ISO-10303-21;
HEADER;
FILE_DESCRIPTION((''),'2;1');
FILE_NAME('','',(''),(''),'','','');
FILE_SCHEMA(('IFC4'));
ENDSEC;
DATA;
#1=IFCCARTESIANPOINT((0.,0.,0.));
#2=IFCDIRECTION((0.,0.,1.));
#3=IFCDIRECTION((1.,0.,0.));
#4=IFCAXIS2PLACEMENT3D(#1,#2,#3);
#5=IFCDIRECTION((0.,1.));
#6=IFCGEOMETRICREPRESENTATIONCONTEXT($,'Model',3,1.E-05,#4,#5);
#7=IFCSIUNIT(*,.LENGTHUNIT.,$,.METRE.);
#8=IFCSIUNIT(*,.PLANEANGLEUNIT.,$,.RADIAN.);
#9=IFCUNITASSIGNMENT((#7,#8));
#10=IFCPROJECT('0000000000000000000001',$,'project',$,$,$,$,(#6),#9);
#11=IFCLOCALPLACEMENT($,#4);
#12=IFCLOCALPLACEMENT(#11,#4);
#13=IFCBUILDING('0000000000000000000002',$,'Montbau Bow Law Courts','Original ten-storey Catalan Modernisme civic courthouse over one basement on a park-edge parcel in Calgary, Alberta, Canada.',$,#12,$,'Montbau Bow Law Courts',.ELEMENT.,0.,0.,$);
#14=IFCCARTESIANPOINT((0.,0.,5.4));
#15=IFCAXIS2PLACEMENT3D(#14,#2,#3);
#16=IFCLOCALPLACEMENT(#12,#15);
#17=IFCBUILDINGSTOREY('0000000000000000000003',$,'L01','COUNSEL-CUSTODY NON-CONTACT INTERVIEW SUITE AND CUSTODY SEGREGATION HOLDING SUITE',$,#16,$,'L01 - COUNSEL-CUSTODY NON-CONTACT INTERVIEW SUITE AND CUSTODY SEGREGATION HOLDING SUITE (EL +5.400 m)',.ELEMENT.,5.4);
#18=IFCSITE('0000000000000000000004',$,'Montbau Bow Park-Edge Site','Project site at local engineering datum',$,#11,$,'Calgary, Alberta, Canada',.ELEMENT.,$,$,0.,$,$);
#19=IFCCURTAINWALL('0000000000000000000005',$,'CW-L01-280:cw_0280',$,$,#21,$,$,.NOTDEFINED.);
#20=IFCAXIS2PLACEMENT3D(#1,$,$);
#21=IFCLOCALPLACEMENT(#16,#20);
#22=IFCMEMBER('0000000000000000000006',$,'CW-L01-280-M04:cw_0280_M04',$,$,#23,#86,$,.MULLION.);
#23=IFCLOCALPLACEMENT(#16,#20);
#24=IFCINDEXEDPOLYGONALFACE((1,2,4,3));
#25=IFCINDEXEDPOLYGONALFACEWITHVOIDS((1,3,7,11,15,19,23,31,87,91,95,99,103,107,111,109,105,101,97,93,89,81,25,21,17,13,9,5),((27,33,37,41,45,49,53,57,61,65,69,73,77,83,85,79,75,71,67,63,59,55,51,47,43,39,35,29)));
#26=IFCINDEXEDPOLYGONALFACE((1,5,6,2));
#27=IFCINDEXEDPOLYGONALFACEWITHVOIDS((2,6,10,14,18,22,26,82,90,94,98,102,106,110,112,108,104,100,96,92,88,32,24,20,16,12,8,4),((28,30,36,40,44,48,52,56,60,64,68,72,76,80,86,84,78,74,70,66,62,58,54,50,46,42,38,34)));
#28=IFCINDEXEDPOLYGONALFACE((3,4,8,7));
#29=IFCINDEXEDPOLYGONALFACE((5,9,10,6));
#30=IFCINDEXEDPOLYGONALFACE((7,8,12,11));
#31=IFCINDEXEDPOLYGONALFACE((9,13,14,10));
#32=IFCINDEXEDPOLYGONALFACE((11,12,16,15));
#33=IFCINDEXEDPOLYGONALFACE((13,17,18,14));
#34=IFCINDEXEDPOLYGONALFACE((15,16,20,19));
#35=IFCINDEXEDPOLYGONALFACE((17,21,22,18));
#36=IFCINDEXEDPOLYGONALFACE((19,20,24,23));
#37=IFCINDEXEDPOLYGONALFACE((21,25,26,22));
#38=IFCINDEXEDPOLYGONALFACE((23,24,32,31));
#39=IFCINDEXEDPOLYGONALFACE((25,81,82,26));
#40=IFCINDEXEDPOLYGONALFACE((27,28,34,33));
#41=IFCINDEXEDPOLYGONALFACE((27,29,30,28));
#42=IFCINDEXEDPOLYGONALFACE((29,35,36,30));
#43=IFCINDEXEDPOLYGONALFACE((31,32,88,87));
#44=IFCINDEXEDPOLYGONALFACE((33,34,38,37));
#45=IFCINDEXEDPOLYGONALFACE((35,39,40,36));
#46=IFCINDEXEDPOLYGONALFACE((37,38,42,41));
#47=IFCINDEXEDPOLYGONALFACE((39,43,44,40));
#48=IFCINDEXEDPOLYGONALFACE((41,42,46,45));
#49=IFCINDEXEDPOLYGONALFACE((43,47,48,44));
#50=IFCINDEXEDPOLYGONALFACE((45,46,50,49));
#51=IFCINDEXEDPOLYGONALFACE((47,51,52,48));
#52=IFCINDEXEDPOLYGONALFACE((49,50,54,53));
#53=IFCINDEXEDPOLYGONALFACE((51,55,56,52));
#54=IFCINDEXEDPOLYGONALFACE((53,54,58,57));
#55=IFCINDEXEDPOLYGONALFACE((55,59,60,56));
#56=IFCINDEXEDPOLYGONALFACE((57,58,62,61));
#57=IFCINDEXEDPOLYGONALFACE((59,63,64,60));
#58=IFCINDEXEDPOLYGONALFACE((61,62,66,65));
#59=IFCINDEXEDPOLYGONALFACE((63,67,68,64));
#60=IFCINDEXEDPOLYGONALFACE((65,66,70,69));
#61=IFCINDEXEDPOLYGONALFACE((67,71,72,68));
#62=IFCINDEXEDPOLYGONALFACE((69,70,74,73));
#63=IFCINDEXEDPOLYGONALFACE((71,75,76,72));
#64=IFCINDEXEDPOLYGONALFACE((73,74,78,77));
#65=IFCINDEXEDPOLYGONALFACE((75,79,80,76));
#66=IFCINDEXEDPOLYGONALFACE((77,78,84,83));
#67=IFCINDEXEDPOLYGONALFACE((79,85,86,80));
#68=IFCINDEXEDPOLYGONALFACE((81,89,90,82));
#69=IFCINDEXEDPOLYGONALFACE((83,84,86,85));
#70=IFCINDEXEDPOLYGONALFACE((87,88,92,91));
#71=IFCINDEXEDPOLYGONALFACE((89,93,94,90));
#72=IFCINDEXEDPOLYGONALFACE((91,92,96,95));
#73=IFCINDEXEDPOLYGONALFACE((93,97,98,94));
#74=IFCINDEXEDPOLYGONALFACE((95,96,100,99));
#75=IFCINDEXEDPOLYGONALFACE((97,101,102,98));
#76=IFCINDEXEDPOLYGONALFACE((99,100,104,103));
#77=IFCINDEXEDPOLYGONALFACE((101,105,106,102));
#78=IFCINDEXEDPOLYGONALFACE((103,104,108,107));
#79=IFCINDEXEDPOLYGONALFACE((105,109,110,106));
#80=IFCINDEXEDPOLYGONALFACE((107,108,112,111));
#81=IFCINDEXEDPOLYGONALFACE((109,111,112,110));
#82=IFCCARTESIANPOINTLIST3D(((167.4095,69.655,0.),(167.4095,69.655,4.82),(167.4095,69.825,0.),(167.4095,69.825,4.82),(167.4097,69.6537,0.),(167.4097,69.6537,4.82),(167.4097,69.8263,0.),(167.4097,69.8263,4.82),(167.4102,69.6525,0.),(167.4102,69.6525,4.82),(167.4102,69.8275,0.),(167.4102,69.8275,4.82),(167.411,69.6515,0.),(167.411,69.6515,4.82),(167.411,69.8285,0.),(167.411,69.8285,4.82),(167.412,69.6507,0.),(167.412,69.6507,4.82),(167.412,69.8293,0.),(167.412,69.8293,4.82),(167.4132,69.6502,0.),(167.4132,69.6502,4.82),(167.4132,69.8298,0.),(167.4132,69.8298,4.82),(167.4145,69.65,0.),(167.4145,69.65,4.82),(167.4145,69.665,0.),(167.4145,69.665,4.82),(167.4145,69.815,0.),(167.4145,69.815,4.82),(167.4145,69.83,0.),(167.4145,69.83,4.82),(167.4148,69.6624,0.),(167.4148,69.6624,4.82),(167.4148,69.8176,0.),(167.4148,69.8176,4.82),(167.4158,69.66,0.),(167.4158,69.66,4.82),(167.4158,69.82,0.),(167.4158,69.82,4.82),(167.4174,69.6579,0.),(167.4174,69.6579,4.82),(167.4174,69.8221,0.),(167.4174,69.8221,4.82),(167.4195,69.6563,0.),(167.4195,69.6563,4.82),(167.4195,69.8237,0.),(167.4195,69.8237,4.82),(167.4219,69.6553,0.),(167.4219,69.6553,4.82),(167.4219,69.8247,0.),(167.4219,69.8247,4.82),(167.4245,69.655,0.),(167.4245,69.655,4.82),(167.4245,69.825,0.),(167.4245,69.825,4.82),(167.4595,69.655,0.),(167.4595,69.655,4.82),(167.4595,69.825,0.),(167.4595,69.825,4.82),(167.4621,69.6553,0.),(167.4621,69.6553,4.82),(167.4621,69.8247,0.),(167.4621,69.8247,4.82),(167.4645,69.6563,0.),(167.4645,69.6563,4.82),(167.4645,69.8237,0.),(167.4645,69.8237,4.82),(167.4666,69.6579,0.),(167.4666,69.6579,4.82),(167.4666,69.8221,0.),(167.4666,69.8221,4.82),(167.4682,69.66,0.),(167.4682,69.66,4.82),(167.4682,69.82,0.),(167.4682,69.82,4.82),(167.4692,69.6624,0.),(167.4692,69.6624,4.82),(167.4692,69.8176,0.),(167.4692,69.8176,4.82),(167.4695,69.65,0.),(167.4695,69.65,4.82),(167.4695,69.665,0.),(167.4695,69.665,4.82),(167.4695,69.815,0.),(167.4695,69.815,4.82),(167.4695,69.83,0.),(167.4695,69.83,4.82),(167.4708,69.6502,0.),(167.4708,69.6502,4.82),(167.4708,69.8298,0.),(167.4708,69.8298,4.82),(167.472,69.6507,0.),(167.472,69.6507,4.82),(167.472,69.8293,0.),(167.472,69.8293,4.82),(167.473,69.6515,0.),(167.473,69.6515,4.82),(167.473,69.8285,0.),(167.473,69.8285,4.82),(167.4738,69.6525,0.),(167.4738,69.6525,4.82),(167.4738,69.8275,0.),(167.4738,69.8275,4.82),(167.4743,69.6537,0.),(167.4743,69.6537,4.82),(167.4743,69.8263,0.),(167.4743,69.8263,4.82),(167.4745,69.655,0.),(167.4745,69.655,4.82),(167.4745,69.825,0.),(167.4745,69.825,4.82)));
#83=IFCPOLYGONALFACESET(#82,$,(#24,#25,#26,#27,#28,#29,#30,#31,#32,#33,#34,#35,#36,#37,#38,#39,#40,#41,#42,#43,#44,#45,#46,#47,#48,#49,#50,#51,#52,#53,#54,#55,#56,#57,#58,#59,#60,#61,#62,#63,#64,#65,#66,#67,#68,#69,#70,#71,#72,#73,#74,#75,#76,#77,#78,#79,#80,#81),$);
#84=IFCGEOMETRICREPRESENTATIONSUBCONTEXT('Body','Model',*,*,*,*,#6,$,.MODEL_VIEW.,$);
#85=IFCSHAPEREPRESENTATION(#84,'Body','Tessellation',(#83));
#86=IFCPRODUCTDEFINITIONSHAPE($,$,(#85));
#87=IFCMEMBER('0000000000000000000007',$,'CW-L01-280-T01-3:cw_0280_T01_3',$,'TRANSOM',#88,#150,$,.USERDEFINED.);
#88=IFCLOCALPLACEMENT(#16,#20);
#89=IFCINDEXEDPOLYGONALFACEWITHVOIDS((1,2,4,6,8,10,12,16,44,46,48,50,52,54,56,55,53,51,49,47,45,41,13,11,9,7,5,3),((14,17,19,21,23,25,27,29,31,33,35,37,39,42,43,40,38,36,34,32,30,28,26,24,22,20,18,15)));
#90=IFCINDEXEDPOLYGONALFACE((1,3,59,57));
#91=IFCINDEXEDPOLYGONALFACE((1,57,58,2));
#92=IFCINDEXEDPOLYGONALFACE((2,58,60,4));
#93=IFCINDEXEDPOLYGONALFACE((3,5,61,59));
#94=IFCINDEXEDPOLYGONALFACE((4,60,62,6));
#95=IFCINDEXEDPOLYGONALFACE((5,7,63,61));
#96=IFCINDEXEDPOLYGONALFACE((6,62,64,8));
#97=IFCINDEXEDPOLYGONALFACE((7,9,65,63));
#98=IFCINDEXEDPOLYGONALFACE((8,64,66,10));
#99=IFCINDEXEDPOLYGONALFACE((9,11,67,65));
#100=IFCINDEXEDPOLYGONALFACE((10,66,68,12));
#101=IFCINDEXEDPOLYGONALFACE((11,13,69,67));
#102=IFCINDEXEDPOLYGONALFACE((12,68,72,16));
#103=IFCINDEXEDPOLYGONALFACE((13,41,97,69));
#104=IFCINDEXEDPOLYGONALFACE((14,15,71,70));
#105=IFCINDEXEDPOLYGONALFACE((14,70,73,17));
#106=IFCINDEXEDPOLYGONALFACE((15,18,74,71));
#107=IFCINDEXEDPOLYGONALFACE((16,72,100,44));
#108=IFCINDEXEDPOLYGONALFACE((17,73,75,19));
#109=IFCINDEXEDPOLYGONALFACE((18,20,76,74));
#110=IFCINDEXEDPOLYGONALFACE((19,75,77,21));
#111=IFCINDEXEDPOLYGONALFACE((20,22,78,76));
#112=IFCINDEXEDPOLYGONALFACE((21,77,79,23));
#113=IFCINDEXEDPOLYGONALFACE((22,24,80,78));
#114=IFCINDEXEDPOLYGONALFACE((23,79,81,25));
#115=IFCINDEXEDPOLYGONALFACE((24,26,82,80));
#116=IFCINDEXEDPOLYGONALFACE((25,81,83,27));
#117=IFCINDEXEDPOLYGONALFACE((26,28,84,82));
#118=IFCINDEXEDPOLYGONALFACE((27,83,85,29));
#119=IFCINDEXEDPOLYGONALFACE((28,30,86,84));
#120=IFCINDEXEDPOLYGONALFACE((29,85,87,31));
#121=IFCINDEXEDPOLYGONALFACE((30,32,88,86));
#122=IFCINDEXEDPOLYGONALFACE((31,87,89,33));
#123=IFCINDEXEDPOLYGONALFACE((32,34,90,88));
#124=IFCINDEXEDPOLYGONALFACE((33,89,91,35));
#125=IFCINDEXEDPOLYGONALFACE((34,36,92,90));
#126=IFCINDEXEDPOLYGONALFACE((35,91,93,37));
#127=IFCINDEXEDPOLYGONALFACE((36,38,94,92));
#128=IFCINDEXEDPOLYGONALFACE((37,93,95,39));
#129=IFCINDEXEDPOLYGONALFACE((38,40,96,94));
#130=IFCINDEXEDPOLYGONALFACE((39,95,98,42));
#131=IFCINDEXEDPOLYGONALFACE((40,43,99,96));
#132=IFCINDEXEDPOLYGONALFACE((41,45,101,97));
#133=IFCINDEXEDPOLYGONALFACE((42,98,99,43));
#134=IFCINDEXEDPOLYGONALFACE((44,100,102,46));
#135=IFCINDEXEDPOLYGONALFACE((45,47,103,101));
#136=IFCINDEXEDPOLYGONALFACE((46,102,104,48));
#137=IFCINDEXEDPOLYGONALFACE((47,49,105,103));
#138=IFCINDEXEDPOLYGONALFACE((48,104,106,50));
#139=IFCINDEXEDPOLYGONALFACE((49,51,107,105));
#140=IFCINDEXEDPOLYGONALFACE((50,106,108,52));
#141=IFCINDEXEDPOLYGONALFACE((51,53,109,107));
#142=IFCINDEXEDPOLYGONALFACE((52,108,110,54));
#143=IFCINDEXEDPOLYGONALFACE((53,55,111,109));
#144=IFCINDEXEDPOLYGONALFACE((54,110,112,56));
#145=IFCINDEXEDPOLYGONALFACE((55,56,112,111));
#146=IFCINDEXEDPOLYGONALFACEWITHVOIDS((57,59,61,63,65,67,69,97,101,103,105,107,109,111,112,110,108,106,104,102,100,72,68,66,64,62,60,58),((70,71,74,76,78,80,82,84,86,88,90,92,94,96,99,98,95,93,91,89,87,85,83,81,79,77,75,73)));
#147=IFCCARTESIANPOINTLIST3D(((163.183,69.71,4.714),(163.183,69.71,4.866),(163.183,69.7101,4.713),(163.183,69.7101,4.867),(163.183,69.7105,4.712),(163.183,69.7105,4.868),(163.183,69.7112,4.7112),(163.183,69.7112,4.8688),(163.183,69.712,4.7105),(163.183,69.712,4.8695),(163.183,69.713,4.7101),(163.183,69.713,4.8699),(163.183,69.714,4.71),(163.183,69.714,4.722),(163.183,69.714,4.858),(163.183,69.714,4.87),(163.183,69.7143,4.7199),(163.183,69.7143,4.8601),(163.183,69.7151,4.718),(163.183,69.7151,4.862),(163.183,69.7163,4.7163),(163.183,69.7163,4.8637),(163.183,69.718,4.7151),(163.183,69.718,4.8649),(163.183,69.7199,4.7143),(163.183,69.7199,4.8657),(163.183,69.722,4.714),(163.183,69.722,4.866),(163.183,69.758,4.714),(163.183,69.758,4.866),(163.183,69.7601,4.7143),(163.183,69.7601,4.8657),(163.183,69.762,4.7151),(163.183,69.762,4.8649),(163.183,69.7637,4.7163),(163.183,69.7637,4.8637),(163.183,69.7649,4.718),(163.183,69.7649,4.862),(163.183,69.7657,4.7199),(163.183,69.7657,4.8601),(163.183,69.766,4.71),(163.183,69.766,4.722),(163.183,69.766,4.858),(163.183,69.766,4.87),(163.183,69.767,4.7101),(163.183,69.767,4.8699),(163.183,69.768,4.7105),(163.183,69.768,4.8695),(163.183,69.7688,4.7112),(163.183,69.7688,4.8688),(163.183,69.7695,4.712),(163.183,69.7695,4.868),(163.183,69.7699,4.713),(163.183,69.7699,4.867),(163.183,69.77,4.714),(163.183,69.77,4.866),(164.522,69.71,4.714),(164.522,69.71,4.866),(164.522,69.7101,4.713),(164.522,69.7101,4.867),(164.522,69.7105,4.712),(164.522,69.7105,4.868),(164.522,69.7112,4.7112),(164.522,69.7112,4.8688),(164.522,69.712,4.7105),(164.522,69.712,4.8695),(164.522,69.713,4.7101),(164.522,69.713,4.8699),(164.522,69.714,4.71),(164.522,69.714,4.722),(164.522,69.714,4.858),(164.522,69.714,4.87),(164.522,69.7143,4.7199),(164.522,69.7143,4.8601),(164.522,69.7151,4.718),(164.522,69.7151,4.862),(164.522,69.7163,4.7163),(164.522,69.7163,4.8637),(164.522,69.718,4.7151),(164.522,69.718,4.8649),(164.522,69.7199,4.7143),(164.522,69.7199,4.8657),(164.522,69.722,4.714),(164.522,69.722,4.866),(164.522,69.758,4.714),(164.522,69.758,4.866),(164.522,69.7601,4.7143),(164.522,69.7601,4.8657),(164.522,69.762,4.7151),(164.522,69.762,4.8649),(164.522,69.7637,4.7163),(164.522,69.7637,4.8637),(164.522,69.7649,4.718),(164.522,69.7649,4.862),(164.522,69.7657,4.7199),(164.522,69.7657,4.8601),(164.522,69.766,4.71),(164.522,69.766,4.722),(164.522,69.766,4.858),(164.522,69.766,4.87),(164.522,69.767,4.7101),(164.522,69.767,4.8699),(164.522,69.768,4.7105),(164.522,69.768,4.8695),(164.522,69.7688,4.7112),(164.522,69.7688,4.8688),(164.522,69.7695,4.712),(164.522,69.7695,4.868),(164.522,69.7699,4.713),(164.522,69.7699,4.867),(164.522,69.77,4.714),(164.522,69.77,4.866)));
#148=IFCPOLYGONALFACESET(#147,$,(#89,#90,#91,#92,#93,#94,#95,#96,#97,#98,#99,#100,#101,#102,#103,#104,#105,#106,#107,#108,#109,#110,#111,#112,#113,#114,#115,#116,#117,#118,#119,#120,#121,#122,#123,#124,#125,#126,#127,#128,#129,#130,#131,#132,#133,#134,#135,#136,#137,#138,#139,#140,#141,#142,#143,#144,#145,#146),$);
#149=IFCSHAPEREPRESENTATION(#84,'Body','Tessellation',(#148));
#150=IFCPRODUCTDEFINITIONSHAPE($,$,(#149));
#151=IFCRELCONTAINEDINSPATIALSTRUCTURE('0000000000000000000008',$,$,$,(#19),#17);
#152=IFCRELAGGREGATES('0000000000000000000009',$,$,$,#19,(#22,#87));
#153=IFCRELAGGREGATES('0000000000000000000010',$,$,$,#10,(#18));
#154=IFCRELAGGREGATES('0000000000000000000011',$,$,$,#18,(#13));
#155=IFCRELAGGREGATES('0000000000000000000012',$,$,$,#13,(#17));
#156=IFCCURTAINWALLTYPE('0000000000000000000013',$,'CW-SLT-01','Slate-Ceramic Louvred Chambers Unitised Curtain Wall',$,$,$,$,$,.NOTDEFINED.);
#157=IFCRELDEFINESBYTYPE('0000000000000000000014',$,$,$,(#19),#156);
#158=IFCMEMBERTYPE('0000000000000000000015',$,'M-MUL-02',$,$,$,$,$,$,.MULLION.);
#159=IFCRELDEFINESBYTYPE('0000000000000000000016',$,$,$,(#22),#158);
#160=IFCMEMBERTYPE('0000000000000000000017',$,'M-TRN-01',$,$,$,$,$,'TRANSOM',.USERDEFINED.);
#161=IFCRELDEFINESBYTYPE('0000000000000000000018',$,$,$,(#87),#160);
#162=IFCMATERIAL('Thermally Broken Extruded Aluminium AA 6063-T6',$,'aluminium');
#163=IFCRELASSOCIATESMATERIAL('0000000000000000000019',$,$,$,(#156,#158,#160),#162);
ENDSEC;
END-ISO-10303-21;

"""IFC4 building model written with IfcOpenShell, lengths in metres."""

from ifc_helpers import new_model, si_unit, direction, frame, origin_with_axes, origin_2d_with_axis, place, context, subcontext, project, spatial, hollow_rectangle, extrude, material, material_profile, profile_set, type_object, element, aggregate, save


model = new_model("IFC4")

# Units and contexts
model_context = context("Model", 3, precision=1e-05, world=origin_with_axes(), true_north=direction((0.0, 1.0)))
body_context = subcontext(model_context, "Body", "Model", "MODEL_VIEW")
ifc_project = project(units=[si_unit("LENGTHUNIT", "METRE"), si_unit("PLANEANGLEUNIT", "RADIAN")], contexts=[model_context])

# Site, building, storey
site_placement = place(None, origin_with_axes())
site = spatial("IfcSite", under=ifc_project, at=site_placement, Name="Montbau Bow Park-Edge Site", Description="Project site at local engineering datum", LongName="Calgary, Alberta, Canada", CompositionType="ELEMENT", RefElevation=0.0)
building_placement = place(site_placement, origin_with_axes())
building = spatial("IfcBuilding", under=site, at=building_placement, Name="Montbau Bow Law Courts", Description="Original ten-storey Catalan Modernisme civic courthouse over one basement on a park-edge parcel in Calgary, Alberta, Canada.", LongName="Montbau Bow Law Courts", CompositionType="ELEMENT", ElevationOfRefHeight=0.0, ElevationOfTerrain=0.0)
storey_placement = place(building_placement, frame((0.0, 0.0, 5.4), z_axis=(0.0, 0.0, 1.0), x_axis=(1.0, 0.0, 0.0)))
storey = spatial("IfcBuildingStorey", under=building, at=storey_placement, Name="L01", Description="COUNSEL-CUSTODY NON-CONTACT INTERVIEW SUITE AND CUSTODY SEGREGATION HOLDING SUITE", LongName="L01 - COUNSEL-CUSTODY NON-CONTACT INTERVIEW SUITE AND CUSTODY SEGREGATION HOLDING SUITE (EL +5.400 m)", CompositionType="ELEMENT", Elevation=5.4)

# Curtain wall, members
ifc_material_1 = material(Name="Thermally Broken Extruded Aluminium AA 6063-T6", Category="aluminium")
curtain_wall_type = type_object("IfcCurtainWallType", Name="CW-SLT-01", Description="Slate-Ceramic Louvred Chambers Unitised Curtain Wall", PredefinedType="NOTDEFINED", material=ifc_material_1)
curtain_wall_placement = place(None, frame((163.115, 69.74, 5.4), z_axis=(0.0, 0.0, 1.0), x_axis=(1.0, 0.0, 0.0)))
curtain_wall = element("IfcCurtainWall", 1, at=curtain_wall_placement, inside=storey, type_object=curtain_wall_type, Name="CW-L01-280:cw_0280", PredefinedType="NOTDEFINED")
ifc_material_profile_1 = material_profile(ifc_material_1, hollow_rectangle(XDim=0.065, YDim=0.18, WallThickness=0.005, InnerFilletRadius=0.01, OuterFilletRadius=0.005, at=origin_2d_with_axis()), Name="CWM-180X65", Category="Main", Priority=0)
ifc_profile_set_1 = profile_set([ifc_material_profile_1], Name="Thermally Broken Extruded Aluminium AA 6063-T6")
member_type_1 = type_object("IfcMemberType", Name="M-MUL-02", PredefinedType="MULLION", material=ifc_profile_set_1)
member_1_placement = place(None, frame((167.442, 69.74, 5.4), z_axis=(0.0, 0.0, 1.0), x_axis=(1.0, 0.0, 0.0)))
member_1 = element("IfcMember", 2, at=member_1_placement, type_object=member_type_1, Name="CW-L01-280-M04:cw_0280_M04", PredefinedType="MULLION", context=body_context, shape_type="SweptSolid", body=[
    extrude(hollow_rectangle(XDim=0.065, YDim=0.18, WallThickness=0.005, InnerFilletRadius=0.01, OuterFilletRadius=0.005, at=origin_2d_with_axis()), origin_with_axes(), (0.0, 0.0, 1.0), 4.82),
])
ifc_material_profile_2 = material_profile(ifc_material_1, hollow_rectangle(XDim=0.06, YDim=0.16, WallThickness=0.004, InnerFilletRadius=0.008, OuterFilletRadius=0.004, at=origin_2d_with_axis()), Name="CWT-160X60", Category="Main", Priority=0)
ifc_profile_set_2 = profile_set([ifc_material_profile_2], Name="Thermally Broken Extruded Aluminium AA 6063-T6")
member_type_2 = type_object("IfcMemberType", Name="M-TRN-01", ElementType="TRANSOM", PredefinedType="USERDEFINED", material=ifc_profile_set_2)
member_2_placement = place(None, frame((163.183, 69.74, 10.19), z_axis=(1.0, 0.0, 0.0), x_axis=(0.0, 1.0, 0.0)))
member_2 = element("IfcMember", 3, at=member_2_placement, type_object=member_type_2, Name="CW-L01-280-T01-3:cw_0280_T01_3", ObjectType="TRANSOM", PredefinedType="USERDEFINED", context=body_context, shape_type="SweptSolid", body=[
    extrude(hollow_rectangle(XDim=0.06, YDim=0.16, WallThickness=0.004, InnerFilletRadius=0.008, OuterFilletRadius=0.004, at=origin_2d_with_axis()), origin_with_axes(), (0.0, 0.0, 1.0), 1.339),
])
aggregate(curtain_wall, [member_1, member_2])

save(model, "model.ifc")
